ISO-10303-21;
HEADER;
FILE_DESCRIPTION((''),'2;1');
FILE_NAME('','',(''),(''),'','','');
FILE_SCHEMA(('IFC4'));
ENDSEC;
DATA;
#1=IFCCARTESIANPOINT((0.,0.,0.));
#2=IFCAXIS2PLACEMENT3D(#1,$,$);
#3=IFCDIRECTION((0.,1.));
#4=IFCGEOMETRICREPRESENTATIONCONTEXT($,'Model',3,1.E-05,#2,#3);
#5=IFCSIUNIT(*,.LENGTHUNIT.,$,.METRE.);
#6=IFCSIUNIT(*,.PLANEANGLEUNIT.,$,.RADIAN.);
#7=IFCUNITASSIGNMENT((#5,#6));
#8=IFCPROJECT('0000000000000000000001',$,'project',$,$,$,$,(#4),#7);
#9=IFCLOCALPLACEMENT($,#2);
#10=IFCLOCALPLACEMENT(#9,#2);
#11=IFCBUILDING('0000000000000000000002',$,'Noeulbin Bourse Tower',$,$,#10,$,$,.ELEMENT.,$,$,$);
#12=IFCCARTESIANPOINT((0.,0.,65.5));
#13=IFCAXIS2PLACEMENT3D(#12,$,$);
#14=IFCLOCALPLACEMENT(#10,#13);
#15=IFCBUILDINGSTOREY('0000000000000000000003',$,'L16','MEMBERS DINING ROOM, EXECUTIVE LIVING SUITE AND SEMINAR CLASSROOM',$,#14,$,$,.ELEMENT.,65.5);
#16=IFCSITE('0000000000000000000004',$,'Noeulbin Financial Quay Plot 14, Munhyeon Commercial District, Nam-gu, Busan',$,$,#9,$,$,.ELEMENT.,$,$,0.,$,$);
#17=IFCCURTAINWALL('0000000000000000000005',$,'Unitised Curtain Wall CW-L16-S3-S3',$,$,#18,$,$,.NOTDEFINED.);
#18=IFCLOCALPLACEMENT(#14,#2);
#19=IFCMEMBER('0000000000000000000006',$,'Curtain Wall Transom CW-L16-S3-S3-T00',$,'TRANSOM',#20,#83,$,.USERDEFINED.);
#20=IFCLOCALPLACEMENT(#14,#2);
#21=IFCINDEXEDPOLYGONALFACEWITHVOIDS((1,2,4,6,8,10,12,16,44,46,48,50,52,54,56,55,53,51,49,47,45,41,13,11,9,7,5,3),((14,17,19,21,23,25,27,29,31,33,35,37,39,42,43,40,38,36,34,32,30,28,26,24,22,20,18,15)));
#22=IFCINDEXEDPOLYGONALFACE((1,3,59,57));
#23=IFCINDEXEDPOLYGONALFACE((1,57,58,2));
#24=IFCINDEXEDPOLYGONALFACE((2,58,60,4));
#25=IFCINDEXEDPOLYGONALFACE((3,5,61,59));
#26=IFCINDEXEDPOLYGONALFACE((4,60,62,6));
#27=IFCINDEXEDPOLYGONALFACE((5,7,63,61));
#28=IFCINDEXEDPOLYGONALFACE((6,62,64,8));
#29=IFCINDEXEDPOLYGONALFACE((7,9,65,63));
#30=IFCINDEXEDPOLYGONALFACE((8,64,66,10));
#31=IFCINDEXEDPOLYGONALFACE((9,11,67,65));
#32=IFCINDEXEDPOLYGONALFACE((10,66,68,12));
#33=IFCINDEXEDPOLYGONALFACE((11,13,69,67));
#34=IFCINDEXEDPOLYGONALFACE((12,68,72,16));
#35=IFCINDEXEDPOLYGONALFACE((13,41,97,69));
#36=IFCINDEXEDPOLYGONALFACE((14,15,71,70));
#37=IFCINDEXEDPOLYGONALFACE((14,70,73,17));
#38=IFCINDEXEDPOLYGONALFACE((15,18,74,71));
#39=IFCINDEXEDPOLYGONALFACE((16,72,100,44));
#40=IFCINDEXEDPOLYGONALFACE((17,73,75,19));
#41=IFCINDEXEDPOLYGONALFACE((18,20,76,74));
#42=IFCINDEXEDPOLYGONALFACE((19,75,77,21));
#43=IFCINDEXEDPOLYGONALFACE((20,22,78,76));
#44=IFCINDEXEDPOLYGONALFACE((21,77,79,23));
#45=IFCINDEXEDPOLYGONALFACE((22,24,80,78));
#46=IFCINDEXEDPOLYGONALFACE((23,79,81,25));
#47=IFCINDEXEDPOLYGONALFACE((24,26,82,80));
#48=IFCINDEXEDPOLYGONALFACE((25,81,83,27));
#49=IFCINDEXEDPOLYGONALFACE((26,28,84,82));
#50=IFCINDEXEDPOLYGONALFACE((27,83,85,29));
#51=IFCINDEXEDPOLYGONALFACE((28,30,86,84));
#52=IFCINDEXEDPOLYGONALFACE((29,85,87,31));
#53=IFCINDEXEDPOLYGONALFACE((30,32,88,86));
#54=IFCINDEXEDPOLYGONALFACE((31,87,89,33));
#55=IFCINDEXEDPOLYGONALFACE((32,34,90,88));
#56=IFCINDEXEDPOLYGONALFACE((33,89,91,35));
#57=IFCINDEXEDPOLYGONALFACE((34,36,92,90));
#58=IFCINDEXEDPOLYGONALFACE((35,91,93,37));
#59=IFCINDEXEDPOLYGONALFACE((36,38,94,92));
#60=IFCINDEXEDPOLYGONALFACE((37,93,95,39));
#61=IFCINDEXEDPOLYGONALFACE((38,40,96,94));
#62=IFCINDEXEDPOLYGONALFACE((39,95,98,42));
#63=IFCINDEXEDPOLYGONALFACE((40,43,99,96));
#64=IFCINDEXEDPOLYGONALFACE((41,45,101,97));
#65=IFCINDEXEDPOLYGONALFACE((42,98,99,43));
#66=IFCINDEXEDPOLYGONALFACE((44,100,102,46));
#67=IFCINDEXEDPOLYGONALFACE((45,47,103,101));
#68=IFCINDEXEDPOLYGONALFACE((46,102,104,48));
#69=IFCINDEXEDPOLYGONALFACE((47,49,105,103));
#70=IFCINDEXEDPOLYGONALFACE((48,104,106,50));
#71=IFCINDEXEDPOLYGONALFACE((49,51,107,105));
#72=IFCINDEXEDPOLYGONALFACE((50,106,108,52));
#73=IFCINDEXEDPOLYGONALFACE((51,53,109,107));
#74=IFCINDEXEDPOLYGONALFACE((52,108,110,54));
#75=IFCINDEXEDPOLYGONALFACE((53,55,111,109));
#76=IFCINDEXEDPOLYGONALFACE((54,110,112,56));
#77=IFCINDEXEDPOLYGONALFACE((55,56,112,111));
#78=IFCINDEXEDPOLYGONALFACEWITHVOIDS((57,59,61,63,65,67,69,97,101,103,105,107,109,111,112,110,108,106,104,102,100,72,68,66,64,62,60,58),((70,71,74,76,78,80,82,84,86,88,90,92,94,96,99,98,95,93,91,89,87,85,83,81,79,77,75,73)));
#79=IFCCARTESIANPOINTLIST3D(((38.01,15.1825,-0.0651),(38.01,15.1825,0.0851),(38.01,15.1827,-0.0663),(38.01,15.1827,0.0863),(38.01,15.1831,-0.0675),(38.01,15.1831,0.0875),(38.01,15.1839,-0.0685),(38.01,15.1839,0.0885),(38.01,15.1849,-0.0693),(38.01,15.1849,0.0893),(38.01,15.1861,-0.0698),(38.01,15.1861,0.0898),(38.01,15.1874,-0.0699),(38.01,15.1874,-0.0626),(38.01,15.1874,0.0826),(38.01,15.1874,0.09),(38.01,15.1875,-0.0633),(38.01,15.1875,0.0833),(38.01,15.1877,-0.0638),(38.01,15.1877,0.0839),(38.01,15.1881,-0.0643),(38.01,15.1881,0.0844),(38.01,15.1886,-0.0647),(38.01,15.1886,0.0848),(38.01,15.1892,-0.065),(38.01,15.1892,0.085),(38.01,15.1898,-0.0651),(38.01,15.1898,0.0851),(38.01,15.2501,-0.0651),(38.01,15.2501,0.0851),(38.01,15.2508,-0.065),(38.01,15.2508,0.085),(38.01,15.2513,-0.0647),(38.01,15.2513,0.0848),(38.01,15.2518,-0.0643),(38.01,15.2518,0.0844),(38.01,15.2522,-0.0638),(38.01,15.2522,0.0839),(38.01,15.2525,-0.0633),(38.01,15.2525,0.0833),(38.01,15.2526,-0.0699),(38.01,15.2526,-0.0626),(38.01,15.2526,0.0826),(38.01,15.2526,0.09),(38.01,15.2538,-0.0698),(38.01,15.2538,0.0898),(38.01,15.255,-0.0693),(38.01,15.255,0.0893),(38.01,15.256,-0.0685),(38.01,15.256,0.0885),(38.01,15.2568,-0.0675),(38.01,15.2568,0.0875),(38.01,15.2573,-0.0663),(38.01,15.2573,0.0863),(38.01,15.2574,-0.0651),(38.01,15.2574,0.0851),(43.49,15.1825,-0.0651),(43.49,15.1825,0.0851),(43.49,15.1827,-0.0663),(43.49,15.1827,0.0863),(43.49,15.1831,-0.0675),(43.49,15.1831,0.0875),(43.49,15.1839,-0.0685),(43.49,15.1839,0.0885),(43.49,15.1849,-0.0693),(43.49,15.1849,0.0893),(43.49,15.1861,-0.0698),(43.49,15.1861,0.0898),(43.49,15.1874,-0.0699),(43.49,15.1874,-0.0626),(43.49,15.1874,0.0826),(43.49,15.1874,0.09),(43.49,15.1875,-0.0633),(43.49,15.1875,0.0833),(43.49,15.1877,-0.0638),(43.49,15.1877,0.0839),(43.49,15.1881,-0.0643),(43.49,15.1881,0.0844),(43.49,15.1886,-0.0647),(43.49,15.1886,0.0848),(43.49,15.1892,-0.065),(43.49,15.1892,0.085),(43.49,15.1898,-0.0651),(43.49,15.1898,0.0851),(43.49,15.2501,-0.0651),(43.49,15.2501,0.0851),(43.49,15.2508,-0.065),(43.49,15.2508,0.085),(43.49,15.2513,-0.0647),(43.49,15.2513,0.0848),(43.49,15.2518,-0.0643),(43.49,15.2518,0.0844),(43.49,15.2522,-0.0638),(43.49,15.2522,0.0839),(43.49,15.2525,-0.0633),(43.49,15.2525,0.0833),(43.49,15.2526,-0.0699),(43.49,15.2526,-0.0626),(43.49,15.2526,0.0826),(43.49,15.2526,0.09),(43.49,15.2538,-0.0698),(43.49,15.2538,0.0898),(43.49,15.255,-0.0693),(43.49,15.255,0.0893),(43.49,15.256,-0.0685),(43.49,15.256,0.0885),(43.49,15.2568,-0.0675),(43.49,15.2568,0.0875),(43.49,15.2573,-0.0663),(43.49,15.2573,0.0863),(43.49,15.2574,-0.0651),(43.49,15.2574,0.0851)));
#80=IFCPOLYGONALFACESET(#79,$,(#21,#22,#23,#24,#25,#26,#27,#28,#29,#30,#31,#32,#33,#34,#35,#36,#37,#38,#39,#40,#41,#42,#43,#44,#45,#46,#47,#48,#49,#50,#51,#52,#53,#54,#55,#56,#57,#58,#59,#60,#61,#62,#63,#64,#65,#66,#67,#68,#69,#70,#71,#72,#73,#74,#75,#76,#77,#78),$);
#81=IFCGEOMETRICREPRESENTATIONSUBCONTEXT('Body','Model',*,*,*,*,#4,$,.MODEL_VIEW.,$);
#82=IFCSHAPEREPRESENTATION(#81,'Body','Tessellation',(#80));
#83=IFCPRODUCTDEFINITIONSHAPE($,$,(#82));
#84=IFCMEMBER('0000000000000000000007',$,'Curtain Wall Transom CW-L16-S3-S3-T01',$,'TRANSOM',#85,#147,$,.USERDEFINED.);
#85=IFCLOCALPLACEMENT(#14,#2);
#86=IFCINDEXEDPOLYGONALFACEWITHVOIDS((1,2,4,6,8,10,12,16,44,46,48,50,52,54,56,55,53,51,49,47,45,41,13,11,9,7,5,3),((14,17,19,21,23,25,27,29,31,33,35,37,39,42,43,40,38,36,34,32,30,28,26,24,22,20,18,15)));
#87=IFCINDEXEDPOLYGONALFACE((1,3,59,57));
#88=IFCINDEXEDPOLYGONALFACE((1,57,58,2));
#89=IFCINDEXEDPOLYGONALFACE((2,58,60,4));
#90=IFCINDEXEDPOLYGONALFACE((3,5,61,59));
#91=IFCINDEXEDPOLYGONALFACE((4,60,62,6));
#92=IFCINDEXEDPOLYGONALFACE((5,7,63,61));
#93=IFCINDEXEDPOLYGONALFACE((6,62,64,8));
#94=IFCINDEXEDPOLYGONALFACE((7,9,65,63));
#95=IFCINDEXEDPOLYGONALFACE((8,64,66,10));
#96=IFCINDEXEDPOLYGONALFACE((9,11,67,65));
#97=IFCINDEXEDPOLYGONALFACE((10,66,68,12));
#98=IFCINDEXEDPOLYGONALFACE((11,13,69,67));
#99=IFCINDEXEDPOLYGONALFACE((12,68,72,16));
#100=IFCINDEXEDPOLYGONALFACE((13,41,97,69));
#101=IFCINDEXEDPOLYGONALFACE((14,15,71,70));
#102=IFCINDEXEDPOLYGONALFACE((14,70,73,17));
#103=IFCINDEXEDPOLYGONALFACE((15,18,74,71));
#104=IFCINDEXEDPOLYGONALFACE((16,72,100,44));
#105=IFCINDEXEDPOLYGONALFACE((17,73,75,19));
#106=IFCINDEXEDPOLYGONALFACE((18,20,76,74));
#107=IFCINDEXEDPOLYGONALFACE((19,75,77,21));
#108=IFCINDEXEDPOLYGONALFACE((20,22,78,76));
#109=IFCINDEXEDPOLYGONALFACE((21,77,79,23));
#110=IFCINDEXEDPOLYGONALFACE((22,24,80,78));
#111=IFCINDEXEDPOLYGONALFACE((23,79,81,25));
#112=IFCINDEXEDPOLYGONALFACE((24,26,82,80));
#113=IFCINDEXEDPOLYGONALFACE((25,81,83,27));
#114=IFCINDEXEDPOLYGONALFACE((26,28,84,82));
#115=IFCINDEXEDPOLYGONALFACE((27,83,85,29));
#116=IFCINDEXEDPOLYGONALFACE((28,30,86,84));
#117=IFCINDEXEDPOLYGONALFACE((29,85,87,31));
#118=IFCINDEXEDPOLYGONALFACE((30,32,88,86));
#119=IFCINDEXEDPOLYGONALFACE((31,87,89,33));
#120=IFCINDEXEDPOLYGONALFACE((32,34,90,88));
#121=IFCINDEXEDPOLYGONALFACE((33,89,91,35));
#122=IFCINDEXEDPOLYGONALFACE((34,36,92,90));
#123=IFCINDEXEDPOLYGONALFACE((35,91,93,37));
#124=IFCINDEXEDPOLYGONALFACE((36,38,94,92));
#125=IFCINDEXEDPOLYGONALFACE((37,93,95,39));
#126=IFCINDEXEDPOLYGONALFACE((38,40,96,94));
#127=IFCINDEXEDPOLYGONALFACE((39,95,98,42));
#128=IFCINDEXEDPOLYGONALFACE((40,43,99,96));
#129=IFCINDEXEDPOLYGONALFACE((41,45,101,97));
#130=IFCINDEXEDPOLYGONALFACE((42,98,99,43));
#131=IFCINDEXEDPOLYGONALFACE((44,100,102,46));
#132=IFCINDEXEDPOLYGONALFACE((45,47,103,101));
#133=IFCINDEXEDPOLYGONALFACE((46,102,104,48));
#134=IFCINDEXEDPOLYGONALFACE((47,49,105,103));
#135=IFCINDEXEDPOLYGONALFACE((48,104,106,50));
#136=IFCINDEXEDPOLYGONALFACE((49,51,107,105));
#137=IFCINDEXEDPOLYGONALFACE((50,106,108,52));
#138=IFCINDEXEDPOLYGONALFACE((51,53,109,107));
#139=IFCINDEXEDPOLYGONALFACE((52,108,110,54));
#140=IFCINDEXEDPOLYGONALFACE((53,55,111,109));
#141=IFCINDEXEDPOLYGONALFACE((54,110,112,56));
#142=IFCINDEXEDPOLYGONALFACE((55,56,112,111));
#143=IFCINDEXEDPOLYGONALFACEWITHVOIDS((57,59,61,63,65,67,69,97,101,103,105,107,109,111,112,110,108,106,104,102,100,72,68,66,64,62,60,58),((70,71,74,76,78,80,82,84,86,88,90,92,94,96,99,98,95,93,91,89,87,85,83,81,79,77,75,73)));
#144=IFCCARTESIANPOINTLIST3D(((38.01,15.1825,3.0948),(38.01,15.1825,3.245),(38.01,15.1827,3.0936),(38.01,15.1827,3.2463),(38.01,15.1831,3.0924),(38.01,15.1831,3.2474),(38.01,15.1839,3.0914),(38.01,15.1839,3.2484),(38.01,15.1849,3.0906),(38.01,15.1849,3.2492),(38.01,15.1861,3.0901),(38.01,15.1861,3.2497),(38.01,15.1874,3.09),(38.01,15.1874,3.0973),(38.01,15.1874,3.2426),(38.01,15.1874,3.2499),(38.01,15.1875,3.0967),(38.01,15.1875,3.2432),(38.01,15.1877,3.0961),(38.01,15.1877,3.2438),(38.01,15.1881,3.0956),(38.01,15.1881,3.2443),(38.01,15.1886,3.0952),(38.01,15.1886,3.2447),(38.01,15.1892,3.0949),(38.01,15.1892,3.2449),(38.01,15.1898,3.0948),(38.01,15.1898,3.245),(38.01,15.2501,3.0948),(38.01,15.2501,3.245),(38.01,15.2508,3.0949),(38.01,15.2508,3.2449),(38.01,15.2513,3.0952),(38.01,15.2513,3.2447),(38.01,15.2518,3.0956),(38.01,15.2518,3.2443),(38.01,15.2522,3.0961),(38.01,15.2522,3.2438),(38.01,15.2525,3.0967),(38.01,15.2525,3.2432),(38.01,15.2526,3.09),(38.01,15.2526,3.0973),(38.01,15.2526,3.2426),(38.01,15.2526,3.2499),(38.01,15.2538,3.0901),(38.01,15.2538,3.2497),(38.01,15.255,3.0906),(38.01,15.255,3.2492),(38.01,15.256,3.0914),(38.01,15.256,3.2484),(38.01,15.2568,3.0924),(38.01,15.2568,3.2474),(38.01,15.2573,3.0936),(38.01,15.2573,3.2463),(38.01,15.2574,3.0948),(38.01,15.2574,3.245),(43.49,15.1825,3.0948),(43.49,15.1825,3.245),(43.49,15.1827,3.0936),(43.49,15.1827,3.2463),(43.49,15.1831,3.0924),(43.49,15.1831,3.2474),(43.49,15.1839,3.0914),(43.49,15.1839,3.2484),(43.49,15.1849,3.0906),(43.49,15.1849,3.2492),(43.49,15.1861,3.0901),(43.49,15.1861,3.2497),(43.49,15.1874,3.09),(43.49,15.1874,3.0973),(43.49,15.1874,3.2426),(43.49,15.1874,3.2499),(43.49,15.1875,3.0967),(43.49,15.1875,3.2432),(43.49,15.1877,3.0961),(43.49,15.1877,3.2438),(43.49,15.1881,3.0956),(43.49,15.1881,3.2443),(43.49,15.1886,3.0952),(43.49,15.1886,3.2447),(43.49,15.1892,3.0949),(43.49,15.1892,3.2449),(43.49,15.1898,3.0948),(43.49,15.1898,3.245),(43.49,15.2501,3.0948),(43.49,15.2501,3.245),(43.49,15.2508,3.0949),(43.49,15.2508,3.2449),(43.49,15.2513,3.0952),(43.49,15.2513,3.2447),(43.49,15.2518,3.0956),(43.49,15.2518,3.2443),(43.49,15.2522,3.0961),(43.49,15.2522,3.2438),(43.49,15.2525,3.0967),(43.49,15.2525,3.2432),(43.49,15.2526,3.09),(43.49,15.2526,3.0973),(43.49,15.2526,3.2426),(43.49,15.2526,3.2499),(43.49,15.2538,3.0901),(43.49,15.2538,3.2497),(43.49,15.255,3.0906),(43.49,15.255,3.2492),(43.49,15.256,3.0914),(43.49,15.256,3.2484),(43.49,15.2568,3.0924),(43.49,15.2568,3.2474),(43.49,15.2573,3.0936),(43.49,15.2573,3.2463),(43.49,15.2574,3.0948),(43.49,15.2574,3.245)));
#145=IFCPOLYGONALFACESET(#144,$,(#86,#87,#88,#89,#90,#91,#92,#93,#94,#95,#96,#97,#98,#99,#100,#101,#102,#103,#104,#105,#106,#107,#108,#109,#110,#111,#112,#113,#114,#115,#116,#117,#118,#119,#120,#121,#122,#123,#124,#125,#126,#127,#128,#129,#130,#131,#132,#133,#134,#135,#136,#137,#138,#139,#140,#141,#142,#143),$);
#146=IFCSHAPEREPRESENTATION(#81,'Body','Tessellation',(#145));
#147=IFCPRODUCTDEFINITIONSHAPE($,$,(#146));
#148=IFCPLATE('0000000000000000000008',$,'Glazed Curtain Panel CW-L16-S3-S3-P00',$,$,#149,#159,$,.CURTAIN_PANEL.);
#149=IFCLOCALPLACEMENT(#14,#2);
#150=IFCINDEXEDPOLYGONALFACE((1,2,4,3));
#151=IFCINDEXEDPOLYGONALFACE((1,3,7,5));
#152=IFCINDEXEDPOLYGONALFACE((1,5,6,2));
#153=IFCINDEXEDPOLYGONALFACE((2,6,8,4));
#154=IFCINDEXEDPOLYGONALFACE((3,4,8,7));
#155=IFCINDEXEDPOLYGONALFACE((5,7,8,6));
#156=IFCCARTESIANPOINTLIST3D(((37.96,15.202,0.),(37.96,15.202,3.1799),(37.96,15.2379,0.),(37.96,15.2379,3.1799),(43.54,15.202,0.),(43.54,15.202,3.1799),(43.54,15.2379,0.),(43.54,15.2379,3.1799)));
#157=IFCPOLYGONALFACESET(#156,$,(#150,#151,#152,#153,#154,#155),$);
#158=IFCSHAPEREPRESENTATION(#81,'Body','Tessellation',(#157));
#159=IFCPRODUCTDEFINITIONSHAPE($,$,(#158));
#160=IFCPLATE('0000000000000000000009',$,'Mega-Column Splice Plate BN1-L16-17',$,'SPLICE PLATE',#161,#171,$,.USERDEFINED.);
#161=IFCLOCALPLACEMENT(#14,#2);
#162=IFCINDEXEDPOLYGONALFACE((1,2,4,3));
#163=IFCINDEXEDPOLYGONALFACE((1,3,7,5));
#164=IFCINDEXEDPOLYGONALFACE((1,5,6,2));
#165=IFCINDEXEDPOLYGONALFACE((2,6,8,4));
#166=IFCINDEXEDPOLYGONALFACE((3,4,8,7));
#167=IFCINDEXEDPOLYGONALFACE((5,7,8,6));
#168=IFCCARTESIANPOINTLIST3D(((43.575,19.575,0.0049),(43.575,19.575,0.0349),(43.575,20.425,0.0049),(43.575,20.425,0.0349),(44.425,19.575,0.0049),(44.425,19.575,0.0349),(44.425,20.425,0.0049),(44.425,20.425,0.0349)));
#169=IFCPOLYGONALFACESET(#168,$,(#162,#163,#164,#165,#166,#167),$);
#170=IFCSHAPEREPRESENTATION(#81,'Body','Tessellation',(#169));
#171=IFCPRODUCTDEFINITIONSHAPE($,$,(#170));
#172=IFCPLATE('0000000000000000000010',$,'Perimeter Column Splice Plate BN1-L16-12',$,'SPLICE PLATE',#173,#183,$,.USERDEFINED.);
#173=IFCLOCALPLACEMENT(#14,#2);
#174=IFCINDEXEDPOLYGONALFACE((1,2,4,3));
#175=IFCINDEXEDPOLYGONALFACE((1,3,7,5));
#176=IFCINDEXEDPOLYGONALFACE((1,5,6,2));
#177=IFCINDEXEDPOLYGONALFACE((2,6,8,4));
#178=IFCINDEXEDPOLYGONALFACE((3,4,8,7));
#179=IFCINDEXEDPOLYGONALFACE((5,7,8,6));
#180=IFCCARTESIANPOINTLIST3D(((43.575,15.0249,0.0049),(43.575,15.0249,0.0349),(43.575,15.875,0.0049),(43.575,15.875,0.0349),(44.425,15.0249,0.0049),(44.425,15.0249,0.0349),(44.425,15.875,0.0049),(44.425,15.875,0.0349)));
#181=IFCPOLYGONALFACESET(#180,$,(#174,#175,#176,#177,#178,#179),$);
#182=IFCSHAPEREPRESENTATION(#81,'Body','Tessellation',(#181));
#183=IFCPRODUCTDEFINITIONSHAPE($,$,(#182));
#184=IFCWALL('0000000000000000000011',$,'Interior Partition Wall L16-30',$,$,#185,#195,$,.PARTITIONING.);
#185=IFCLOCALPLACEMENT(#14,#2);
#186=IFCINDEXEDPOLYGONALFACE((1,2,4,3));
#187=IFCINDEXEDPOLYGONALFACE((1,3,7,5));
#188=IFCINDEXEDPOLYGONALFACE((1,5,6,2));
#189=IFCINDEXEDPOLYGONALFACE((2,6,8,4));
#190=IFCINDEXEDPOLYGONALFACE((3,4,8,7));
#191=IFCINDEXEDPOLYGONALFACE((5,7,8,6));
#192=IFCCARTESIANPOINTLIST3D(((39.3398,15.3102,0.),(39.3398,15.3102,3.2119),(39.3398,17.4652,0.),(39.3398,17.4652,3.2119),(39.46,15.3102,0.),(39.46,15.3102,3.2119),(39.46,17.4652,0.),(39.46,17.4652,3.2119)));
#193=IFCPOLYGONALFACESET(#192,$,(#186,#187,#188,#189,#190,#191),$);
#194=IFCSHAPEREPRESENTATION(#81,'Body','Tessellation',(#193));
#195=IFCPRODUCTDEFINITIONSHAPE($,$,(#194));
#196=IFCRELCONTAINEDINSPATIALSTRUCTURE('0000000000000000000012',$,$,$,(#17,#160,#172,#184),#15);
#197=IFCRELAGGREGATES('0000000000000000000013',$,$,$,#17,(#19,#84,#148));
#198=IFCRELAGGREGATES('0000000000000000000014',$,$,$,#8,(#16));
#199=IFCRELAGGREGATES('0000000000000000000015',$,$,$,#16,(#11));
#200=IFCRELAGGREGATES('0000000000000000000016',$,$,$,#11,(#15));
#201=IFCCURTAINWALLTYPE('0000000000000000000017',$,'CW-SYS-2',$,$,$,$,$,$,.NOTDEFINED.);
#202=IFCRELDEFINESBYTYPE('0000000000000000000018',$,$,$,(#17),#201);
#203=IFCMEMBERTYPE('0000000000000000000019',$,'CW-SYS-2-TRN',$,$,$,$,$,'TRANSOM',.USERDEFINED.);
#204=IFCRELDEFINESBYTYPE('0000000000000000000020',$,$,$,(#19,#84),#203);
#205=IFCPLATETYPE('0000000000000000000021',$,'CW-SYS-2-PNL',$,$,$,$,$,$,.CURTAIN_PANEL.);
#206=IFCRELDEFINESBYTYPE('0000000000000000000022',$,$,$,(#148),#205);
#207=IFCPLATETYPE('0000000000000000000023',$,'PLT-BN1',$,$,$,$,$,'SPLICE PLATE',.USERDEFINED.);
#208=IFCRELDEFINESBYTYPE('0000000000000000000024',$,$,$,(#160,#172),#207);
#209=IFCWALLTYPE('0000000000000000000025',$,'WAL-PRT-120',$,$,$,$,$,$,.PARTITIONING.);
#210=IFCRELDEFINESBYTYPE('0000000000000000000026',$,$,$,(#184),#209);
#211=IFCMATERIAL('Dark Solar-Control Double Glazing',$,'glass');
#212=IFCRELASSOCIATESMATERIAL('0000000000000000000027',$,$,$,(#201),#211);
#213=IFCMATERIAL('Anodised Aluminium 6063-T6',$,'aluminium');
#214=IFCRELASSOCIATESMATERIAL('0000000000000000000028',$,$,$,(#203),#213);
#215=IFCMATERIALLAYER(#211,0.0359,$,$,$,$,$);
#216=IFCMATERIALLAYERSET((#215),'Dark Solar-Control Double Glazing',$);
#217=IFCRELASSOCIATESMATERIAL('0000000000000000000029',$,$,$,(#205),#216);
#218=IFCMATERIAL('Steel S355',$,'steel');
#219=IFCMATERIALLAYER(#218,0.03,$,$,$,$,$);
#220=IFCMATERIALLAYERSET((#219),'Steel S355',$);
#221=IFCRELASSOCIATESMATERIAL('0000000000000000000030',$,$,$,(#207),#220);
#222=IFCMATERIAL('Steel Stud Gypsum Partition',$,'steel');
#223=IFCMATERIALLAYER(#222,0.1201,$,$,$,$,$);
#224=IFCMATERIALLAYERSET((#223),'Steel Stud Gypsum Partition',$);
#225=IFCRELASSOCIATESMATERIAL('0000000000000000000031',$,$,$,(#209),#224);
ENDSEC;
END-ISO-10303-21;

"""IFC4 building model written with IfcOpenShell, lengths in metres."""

from ifc_helpers import new_model, si_unit, direction, frame, frame_2d, origin, origin_2d, place, context, subcontext, project, spatial, rectangle, hollow_rectangle, extrude, material, layer, layer_set, material_profile, profile_set, type_object, element, aggregate, save


model = new_model("IFC4")

# Units and contexts
model_context = context("Model", 3, precision=1e-05, world=origin(), true_north=direction((0.0, 1.0)))
body_context = subcontext(model_context, "Body", "Model", "MODEL_VIEW")
ifc_project = project(units=[si_unit("LENGTHUNIT", "METRE"), si_unit("PLANEANGLEUNIT", "RADIAN")], contexts=[model_context])

# Site, building, storey
site_placement = place(None, origin())
site = spatial("IfcSite", under=ifc_project, at=site_placement, Name="Noeulbin Financial Quay Plot 14, Munhyeon Commercial District, Nam-gu, Busan", CompositionType="ELEMENT", RefElevation=0.0)
building_placement = place(site_placement, origin())
building = spatial("IfcBuilding", under=site, at=building_placement, Name="Noeulbin Bourse Tower", CompositionType="ELEMENT")
storey_placement = place(building_placement, frame((0.0, 0.0, 65.5)))
storey = spatial("IfcBuildingStorey", under=building, at=storey_placement, Name="L16", Description="MEMBERS DINING ROOM, EXECUTIVE LIVING SUITE AND SEMINAR CLASSROOM", CompositionType="ELEMENT", Elevation=65.5)

# Shared definitions
ifc_material_1 = material(Name="Steel S355", Category="steel")

# Curtain wall
ifc_material_2 = material(Name="Dark Solar-Control Double Glazing", Category="glass")
curtain_wall_type = type_object("IfcCurtainWallType", Name="CW-SYS-2", PredefinedType="NOTDEFINED", material=ifc_material_2)
curtain_wall_1_placement = place(storey_placement, origin())
curtain_wall_1 = element("IfcCurtainWall", 1, at=curtain_wall_1_placement, inside=storey, type_object=curtain_wall_type, Name="Unitised Curtain Wall CW-L16-S3-S3", PredefinedType="NOTDEFINED")
ifc_material_3 = material(Name="Anodised Aluminium 6063-T6", Category="aluminium")

# Members
ifc_material_profile_1 = material_profile(ifc_material_3, hollow_rectangle(XDim=0.075, YDim=0.1599, WallThickness=0.0049, InnerFilletRadius=0.0024, OuterFilletRadius=0.0049, at=origin_2d()), Name="ALU-TRAN-75x160x5", Category="LoadBearing")
ifc_profile_set_1 = profile_set([ifc_material_profile_1], Name="Anodised Aluminium 6063-T6")
member_type_1 = type_object("IfcMemberType", Name="CW-SYS-2-TRN", ElementType="TRANSOM", PredefinedType="USERDEFINED", material=ifc_profile_set_1)
member_1_placement = place(storey_placement, frame((38.01, 15.22, 0.01), z_axis=(1.0, 0.0, 0.0), x_axis=(0.0, 1.0, 0.0)))
member_1 = element("IfcMember", 2, at=member_1_placement, type_object=member_type_1, Name="Curtain Wall Transom CW-L16-S3-S3-T00", ObjectType="TRANSOM", PredefinedType="USERDEFINED", context=body_context, shape_type="SweptSolid", body=[
    extrude(hollow_rectangle(XDim=0.075, YDim=0.1599, WallThickness=0.0049, InnerFilletRadius=0.0024, OuterFilletRadius=0.0049, at=origin_2d()), origin(), (0.0, 0.0, 1.0), 5.48),
])
member_2_placement = place(storey_placement, frame((38.01, 15.22, 3.1699), z_axis=(1.0, 0.0, 0.0), x_axis=(0.0, 1.0, 0.0)))
member_2 = element("IfcMember", 3, at=member_2_placement, type_object=member_type_1, Name="Curtain Wall Transom CW-L16-S3-S3-T01", ObjectType="TRANSOM", PredefinedType="USERDEFINED", context=body_context, shape_type="SweptSolid", body=[
    extrude(hollow_rectangle(XDim=0.075, YDim=0.1599, WallThickness=0.0049, InnerFilletRadius=0.0024, OuterFilletRadius=0.0049, at=origin_2d()), origin(), (0.0, 0.0, 1.0), 5.48),
])

# Plate
ifc_layer_1 = layer(ifc_material_2, 0.0359)
ifc_layer_set_1 = layer_set([ifc_layer_1], Name="Dark Solar-Control Double Glazing")
plate_type_1 = type_object("IfcPlateType", Name="CW-SYS-2-PNL", PredefinedType="CURTAIN_PANEL", material=ifc_layer_set_1)
plate_placement = place(storey_placement, frame((40.75, 15.22, 0.0), z_axis=(0.0, 0.0, 1.0), x_axis=(1.0, 0.0, 0.0)))
plate = element("IfcPlate", 4, at=plate_placement, type_object=plate_type_1, Name="Glazed Curtain Panel CW-L16-S3-S3-P00", PredefinedType="CURTAIN_PANEL", context=body_context, shape_type="SweptSolid", body=[
    extrude(rectangle(XDim=5.5801, YDim=0.0359, at=origin_2d()), origin(), (0.0, 0.0, 1.0), 3.1799),
])
aggregate(curtain_wall_1, [member_1, member_2, plate])

# Plates
ifc_layer_2 = layer(ifc_material_1, 0.03)
ifc_layer_set_2 = layer_set([ifc_layer_2], Name="Steel S355")
plate_type_2 = type_object("IfcPlateType", Name="PLT-BN1", ElementType="SPLICE PLATE", PredefinedType="USERDEFINED", material=ifc_layer_set_2)
for number, where, z_axis, x_axis, name in (
    (5, (44.0, 20.0, 0.0049), (0.0, 0.0, 1.0), (1.0, 0.0, 0.0), "Mega-Column Splice Plate BN1-L16-17"),
    (6, (44.0, 15.45, 0.0049), (0.0, 0.0, 1.0), (1.0, 0.0, 0.0), "Perimeter Column Splice Plate BN1-L16-12"),
):
    element("IfcPlate", number, at=place(storey_placement, frame(where, z_axis=z_axis, x_axis=x_axis)), inside=storey, type_object=plate_type_2, Name=name, ObjectType="SPLICE PLATE", PredefinedType="USERDEFINED", context=body_context, shape_type="SweptSolid", body=[
        extrude(rectangle(XDim=0.8501, YDim=0.8501, at=origin_2d()), origin(), (0.0, 0.0, 1.0), 0.03),
    ])

# Wall
ifc_material_4 = material(Name="Steel Stud Gypsum Partition", Category="steel")
ifc_layer_3 = layer(ifc_material_4, 0.1201)
ifc_layer_set_3 = layer_set([ifc_layer_3], Name="Steel Stud Gypsum Partition")
wall_type = type_object("IfcWallType", Name="WAL-PRT-120", PredefinedType="PARTITIONING", material=ifc_layer_set_3)
wall_placement = place(storey_placement, frame((39.3999, 15.3101, 0.0), z_axis=(0.0, 0.0, 1.0), x_axis=(0.0, 1.0, 0.0)))
element("IfcWall", 7, at=wall_placement, inside=storey, type_object=wall_type, Name="Interior Partition Wall L16-30", PredefinedType="PARTITIONING", context=body_context, shape_type="SweptSolid", body=[
    extrude(rectangle(XDim=2.155, YDim=0.1201, at=frame_2d((1.0776, 0.0))), origin(), (0.0, 0.0, 1.0), 3.2119),
])

save(model, "model.ifc")
